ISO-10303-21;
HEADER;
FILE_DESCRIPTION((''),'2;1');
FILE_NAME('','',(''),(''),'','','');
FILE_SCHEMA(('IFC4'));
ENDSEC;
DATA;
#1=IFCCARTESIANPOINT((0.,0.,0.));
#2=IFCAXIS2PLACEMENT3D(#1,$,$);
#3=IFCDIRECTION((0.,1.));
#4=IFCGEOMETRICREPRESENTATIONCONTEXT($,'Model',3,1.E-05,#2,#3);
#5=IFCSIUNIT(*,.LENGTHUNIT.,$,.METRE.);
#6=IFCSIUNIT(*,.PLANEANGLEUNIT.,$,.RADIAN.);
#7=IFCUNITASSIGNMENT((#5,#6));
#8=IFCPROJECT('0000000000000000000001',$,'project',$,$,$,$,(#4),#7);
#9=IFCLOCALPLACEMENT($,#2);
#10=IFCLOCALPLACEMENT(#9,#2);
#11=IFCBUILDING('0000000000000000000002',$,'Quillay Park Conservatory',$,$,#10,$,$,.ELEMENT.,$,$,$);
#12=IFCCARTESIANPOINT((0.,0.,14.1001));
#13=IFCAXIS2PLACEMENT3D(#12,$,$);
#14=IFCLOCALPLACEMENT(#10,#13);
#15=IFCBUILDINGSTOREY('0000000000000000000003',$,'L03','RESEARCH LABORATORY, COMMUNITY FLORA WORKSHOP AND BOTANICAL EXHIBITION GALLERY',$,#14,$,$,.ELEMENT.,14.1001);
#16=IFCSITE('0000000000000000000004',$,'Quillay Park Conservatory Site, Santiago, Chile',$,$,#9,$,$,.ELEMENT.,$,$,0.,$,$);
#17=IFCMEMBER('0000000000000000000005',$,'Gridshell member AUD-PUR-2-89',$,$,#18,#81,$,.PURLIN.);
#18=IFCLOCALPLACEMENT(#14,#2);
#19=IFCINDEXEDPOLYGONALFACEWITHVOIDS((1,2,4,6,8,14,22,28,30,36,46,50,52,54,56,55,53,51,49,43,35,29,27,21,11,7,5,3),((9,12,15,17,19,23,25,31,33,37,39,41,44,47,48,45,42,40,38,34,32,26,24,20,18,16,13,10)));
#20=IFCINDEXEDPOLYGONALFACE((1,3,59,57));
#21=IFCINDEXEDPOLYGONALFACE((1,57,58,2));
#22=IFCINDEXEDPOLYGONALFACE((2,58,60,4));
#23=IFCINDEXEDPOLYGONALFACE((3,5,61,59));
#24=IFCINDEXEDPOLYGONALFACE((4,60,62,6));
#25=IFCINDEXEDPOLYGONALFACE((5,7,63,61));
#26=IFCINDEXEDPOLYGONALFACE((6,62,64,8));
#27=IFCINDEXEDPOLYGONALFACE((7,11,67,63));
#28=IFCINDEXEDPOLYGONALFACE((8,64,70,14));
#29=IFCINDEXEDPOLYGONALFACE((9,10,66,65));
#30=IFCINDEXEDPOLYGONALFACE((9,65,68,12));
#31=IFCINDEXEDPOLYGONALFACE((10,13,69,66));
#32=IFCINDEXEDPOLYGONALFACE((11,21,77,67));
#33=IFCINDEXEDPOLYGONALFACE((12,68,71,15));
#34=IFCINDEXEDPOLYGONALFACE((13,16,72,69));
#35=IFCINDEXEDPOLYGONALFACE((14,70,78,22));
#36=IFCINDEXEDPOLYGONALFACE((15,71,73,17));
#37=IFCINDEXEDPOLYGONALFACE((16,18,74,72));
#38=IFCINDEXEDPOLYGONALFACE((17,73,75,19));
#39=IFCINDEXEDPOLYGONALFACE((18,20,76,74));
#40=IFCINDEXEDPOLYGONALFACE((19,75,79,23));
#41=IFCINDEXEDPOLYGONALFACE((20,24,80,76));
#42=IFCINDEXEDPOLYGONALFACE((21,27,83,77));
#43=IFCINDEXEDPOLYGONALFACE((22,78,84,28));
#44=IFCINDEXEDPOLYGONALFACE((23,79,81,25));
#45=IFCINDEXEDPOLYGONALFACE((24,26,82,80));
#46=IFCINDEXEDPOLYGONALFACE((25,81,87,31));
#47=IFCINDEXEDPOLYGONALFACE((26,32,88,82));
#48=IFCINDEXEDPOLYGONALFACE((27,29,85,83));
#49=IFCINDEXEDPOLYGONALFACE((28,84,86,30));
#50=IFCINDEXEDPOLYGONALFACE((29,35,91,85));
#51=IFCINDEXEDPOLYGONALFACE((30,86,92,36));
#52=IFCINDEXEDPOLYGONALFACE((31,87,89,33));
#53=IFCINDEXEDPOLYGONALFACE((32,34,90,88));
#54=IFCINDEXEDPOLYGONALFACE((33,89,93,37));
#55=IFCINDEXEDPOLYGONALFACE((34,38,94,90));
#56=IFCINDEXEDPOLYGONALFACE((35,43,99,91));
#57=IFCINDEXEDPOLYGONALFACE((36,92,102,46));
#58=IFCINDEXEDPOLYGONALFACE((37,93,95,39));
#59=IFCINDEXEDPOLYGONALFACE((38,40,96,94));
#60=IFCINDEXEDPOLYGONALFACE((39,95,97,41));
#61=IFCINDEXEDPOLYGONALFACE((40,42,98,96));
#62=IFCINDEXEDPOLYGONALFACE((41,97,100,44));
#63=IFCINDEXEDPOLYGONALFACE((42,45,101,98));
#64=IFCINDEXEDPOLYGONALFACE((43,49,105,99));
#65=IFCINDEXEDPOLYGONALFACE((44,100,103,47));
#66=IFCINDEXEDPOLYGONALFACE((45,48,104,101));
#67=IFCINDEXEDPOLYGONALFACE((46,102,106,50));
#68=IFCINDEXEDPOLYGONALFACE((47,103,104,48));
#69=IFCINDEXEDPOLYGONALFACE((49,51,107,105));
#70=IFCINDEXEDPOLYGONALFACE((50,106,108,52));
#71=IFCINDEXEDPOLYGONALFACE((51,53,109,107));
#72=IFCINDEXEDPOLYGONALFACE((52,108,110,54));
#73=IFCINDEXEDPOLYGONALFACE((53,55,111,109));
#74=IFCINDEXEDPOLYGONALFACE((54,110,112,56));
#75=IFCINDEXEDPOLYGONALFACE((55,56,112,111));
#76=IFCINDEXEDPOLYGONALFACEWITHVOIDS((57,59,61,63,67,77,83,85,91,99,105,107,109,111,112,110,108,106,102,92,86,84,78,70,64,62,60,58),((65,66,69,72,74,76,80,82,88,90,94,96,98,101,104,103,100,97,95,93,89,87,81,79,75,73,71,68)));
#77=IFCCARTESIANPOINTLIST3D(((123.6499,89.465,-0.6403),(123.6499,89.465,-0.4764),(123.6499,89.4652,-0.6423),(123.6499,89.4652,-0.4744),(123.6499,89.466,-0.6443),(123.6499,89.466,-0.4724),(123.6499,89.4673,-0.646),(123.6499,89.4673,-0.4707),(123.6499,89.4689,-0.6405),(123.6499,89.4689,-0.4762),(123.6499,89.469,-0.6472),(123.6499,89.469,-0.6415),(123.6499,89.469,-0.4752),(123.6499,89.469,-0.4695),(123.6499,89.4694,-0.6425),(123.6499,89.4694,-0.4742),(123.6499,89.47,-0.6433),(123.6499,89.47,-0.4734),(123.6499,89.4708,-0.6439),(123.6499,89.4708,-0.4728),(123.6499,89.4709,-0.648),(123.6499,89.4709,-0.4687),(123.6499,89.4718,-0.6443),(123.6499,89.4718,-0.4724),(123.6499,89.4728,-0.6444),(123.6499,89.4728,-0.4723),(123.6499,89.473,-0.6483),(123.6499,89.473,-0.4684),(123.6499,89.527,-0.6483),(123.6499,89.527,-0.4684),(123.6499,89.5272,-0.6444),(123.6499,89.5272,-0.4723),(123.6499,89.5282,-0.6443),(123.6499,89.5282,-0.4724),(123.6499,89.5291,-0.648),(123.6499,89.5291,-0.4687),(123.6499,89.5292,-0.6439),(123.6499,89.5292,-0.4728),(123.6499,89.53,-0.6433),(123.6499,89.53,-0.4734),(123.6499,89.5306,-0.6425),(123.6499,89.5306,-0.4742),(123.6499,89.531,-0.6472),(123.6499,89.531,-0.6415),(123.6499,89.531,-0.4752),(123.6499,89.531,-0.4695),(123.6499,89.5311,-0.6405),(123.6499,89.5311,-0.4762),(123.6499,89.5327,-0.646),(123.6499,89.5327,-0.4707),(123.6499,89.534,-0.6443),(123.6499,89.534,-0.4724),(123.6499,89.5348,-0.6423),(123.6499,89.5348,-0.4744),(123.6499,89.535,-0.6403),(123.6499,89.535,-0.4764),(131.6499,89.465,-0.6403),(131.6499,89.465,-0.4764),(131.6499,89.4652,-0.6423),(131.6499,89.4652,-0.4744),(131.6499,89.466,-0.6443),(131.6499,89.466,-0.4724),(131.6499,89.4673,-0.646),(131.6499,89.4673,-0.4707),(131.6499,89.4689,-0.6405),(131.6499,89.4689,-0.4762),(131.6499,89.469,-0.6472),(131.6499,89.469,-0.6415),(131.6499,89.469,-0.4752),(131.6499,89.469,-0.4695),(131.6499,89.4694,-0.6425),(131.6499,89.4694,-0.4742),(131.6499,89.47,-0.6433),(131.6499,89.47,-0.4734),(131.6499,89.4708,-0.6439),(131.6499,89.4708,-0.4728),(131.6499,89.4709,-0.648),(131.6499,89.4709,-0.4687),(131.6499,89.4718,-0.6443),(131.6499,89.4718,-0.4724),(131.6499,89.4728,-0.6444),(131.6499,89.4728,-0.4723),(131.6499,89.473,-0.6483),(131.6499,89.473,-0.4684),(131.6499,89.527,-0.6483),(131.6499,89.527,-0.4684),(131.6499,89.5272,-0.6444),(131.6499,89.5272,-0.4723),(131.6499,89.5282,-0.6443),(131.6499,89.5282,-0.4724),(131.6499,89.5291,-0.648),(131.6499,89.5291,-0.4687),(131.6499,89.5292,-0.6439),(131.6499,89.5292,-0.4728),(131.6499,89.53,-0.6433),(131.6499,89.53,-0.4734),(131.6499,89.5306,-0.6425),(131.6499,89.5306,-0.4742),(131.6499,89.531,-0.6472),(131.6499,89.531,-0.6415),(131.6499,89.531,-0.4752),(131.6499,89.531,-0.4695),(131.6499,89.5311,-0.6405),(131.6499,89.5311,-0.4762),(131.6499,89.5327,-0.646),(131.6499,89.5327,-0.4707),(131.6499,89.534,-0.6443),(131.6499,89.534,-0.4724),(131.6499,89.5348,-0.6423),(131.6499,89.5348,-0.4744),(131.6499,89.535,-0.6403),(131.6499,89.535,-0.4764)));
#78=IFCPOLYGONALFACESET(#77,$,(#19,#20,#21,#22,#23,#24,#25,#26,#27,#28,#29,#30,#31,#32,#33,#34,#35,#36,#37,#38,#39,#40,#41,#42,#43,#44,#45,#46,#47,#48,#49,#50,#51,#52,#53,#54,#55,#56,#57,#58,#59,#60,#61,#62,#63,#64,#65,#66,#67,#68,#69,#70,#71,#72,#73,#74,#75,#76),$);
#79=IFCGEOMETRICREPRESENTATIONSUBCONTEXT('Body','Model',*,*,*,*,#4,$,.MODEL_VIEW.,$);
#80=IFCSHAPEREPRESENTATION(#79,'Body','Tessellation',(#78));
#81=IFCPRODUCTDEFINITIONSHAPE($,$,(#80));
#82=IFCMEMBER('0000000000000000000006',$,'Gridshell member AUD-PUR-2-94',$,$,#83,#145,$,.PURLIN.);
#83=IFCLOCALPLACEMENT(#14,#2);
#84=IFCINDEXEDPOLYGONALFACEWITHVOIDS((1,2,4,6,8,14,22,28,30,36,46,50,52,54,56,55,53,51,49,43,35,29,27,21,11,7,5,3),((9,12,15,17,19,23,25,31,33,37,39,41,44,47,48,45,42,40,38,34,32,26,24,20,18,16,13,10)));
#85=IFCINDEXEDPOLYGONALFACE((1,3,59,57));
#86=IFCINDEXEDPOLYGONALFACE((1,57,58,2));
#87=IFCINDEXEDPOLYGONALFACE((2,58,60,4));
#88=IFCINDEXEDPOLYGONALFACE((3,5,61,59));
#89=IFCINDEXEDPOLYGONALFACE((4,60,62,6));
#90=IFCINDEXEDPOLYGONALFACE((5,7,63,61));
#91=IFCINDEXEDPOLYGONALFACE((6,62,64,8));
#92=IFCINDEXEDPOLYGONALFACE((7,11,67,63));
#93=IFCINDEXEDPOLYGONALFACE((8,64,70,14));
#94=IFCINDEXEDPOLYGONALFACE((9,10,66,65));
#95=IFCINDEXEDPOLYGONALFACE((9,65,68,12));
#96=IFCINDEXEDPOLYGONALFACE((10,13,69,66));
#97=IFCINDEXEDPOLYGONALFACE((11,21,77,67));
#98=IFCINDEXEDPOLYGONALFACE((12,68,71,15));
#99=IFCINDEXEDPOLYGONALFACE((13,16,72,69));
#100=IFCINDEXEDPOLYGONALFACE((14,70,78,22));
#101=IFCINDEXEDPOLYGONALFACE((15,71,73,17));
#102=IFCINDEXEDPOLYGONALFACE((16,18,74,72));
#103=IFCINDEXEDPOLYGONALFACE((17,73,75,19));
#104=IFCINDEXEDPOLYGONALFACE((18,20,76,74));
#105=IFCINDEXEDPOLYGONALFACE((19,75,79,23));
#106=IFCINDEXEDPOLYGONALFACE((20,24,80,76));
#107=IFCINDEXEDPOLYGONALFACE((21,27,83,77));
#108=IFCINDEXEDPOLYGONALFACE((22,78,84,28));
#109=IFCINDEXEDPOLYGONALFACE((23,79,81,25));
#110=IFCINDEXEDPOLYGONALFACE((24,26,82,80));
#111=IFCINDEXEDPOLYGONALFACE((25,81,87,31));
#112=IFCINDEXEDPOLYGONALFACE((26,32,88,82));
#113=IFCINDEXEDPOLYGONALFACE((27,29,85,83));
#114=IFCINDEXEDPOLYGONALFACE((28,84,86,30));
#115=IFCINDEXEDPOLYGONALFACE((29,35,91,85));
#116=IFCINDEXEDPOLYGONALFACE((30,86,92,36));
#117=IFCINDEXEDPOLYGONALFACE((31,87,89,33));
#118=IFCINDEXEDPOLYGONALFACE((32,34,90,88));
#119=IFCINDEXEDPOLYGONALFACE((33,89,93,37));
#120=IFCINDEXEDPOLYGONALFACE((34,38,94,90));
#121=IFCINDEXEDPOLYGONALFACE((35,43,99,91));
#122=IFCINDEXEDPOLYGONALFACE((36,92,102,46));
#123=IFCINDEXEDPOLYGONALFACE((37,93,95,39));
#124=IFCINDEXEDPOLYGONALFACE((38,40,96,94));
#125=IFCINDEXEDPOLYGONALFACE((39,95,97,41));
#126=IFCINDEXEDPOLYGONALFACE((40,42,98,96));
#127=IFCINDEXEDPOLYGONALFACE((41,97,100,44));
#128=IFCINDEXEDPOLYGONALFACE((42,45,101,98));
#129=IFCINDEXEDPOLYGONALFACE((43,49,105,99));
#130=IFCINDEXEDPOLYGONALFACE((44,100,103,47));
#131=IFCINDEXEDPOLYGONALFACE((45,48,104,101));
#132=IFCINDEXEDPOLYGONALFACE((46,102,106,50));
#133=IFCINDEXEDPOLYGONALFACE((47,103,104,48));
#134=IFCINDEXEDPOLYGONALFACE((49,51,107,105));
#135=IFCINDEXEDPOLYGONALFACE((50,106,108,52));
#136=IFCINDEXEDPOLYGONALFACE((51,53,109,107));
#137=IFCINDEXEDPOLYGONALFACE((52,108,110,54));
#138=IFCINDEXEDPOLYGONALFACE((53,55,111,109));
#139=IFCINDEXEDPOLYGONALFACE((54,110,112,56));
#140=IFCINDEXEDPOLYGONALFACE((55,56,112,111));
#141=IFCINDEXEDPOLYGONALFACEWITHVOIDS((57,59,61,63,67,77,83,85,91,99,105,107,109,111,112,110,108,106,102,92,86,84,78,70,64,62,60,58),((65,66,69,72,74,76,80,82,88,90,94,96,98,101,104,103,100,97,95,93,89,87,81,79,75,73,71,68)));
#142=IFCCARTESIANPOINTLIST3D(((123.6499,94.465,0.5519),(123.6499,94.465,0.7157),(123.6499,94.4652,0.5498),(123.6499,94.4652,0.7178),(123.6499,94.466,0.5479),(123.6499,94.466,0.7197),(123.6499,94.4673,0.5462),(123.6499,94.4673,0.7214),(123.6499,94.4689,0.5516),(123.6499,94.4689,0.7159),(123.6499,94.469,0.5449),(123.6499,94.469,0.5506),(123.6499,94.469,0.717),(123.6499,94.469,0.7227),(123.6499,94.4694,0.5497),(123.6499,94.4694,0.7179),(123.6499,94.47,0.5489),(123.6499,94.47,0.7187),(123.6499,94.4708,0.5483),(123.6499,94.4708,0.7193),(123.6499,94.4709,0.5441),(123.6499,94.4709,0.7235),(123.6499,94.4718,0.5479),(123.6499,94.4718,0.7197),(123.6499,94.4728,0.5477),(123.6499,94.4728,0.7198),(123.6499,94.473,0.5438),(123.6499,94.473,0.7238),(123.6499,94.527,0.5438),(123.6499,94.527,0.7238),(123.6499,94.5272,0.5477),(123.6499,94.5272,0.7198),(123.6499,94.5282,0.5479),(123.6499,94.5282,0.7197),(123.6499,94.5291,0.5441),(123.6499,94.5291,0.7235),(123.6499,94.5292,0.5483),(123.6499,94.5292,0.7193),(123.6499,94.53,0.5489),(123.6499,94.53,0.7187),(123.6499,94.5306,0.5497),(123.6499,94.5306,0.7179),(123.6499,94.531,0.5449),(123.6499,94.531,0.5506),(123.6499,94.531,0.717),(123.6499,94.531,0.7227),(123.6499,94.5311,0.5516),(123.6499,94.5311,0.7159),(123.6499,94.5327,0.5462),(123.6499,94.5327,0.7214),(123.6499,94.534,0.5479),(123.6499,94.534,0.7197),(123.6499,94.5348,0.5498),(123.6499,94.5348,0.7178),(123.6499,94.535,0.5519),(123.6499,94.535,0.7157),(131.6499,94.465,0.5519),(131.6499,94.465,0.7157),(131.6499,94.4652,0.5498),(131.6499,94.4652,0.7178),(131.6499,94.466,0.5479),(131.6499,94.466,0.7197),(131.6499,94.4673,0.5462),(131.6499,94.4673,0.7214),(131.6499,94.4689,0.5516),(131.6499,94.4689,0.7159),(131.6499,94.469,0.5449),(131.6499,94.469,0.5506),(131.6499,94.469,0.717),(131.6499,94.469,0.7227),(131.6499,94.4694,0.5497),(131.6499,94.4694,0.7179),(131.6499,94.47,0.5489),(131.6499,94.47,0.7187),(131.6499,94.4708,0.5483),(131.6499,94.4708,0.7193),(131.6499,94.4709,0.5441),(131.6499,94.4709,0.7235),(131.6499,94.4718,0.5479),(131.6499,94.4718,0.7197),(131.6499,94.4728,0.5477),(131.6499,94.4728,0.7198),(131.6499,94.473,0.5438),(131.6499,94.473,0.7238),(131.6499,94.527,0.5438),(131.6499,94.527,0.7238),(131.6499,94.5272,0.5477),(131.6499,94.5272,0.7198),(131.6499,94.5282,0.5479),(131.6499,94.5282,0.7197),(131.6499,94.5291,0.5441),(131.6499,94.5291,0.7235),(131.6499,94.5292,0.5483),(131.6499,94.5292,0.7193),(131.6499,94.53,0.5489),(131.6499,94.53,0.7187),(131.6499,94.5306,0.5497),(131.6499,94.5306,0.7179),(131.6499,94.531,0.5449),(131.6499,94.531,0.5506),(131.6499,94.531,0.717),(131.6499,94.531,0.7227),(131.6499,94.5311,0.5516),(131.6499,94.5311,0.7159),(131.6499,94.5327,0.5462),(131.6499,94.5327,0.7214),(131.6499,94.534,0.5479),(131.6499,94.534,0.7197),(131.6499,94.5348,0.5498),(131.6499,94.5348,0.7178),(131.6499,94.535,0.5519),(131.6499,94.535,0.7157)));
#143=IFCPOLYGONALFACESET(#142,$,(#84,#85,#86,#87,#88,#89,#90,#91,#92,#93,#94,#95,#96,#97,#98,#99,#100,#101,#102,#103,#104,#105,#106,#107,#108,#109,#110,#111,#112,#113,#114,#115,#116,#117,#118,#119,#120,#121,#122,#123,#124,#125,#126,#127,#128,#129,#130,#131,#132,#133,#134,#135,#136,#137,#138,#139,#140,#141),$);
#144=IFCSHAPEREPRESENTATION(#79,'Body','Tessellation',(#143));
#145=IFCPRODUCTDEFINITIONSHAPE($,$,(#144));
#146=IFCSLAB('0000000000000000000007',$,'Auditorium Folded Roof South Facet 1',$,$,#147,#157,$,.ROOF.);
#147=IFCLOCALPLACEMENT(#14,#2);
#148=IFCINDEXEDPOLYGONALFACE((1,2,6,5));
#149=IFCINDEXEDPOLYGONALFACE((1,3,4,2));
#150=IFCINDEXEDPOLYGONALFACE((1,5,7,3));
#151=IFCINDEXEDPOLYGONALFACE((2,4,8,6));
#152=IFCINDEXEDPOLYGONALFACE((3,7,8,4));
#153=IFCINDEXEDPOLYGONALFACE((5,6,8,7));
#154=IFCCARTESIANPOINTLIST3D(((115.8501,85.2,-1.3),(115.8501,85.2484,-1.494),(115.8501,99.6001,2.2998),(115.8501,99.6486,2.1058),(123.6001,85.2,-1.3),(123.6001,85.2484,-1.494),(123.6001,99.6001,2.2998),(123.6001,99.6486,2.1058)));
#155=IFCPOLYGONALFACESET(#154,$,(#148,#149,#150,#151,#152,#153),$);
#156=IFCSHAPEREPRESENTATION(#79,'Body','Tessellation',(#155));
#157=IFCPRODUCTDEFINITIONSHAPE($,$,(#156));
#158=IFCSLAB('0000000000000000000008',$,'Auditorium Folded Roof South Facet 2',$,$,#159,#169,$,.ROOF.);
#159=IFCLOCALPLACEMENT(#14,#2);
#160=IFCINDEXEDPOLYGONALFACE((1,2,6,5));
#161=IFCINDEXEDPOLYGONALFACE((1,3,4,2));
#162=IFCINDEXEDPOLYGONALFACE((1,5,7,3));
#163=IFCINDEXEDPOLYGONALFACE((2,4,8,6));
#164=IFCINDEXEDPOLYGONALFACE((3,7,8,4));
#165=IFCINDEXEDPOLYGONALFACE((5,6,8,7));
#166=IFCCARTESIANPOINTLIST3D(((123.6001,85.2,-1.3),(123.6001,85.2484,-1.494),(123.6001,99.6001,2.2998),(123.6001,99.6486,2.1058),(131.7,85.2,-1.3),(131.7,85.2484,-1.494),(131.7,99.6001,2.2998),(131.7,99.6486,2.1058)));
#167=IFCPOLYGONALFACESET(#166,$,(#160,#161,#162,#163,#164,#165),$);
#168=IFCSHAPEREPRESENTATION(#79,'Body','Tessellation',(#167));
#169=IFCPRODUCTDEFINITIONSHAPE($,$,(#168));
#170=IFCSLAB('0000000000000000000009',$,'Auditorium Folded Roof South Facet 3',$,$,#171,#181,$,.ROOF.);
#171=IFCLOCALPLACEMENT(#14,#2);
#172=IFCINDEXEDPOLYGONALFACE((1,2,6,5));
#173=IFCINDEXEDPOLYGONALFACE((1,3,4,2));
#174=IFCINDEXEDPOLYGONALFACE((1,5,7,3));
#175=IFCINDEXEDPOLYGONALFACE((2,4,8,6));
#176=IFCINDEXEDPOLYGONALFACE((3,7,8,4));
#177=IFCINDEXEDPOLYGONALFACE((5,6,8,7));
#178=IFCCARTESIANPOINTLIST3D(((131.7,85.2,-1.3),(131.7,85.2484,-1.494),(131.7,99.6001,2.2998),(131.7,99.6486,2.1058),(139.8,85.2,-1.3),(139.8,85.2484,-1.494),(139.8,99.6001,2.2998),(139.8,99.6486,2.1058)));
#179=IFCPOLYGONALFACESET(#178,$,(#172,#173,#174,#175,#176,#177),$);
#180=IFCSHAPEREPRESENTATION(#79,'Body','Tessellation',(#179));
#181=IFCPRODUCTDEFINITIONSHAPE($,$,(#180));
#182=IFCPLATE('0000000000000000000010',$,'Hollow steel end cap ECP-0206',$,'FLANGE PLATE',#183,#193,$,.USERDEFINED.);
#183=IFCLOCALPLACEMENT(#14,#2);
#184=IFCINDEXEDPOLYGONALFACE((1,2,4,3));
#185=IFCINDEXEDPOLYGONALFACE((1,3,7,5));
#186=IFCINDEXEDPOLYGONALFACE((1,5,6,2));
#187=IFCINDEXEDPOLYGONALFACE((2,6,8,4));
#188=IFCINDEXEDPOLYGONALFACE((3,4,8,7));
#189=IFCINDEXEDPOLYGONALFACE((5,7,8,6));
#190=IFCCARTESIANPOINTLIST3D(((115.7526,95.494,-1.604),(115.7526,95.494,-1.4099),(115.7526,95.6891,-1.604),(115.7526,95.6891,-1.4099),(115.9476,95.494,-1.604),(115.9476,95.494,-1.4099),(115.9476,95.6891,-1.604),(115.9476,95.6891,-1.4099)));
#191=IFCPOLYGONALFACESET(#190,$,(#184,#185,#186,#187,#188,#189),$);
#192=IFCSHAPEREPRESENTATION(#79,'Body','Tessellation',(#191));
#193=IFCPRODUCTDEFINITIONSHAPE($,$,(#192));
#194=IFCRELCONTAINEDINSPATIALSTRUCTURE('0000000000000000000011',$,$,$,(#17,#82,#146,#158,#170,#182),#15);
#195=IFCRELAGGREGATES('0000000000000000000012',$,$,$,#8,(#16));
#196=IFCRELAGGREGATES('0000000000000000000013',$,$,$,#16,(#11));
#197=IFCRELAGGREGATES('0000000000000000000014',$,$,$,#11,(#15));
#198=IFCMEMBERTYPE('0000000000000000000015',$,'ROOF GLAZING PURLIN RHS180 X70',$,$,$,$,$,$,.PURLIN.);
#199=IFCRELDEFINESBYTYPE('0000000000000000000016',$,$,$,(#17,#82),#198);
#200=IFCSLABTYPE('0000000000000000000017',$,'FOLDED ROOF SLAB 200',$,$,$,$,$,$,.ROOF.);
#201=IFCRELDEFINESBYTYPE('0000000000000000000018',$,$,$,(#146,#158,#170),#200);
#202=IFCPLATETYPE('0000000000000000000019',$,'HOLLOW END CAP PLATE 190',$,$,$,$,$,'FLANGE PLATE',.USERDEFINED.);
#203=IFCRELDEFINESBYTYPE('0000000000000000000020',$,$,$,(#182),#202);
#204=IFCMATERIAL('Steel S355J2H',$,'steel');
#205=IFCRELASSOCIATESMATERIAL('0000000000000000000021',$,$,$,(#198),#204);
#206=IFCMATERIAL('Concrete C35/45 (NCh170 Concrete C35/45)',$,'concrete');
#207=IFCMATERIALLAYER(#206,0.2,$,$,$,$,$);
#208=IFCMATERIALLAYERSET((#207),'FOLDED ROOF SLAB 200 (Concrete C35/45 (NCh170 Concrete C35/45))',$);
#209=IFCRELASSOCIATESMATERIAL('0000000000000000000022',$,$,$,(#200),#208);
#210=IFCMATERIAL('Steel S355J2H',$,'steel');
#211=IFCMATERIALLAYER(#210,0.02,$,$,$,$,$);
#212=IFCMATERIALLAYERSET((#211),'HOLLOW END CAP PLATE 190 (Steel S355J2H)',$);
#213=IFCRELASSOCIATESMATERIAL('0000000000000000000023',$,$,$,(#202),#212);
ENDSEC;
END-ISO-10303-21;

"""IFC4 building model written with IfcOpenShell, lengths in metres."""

from ifc_helpers import new_model, si_unit, direction, frame, origin, origin_2d, place, context, subcontext, project, spatial, polyline, rectangle, hollow_rectangle, outline, extrude, material, layer, layer_set, material_profile, profile_set, type_object, element, save


model = new_model("IFC4")

# Units and contexts
model_context = context("Model", 3, precision=1e-05, world=origin(), true_north=direction((0.0, 1.0)))
body_context = subcontext(model_context, "Body", "Model", "MODEL_VIEW")
ifc_project = project(units=[si_unit("LENGTHUNIT", "METRE"), si_unit("PLANEANGLEUNIT", "RADIAN")], contexts=[model_context])

# Site, building, storey
site_placement = place(None, origin())
site = spatial("IfcSite", under=ifc_project, at=site_placement, Name="Quillay Park Conservatory Site, Santiago, Chile", CompositionType="ELEMENT", RefElevation=0.0)
building_placement = place(site_placement, origin())
building = spatial("IfcBuilding", under=site, at=building_placement, Name="Quillay Park Conservatory", CompositionType="ELEMENT")
storey_placement = place(building_placement, frame((0.0, 0.0, 14.1001)))
storey = spatial("IfcBuildingStorey", under=building, at=storey_placement, Name="L03", Description="RESEARCH LABORATORY, COMMUNITY FLORA WORKSHOP AND BOTANICAL EXHIBITION GALLERY", CompositionType="ELEMENT", Elevation=14.1001)

# Members
ifc_material_1 = material(Name="Steel S355J2H", Category="steel")
ifc_material_profile_1 = material_profile(ifc_material_1, hollow_rectangle(XDim=0.0701, YDim=0.1799, WallThickness=0.0039, InnerFilletRadius=0.0039, OuterFilletRadius=0.0081, at=origin_2d()), Name="RHS180x70x4")
ifc_profile_set_1 = profile_set([ifc_material_profile_1], Name="Steel S355J2H")
member_type_1 = type_object("IfcMemberType", Name="ROOF GLAZING PURLIN RHS180 X70", PredefinedType="PURLIN", material=ifc_profile_set_1)
for number, where, z_axis, x_axis, name in (
    (1, (123.6499, 89.5, -0.5583), (1.0, 0.0, 0.0), (0.0, 1.0, 0.0), "Gridshell member AUD-PUR-2-89"),
    (2, (123.6499, 94.5, 0.6338), (1.0, 0.0, 0.0), (0.0, 1.0, 0.0), "Gridshell member AUD-PUR-2-94"),
):
    element("IfcMember", number, at=place(storey_placement, frame(where, z_axis=z_axis, x_axis=x_axis)), inside=storey, type_object=member_type_1, Name=name, PredefinedType="PURLIN", context=body_context, shape_type="SweptSolid", body=[
        extrude(hollow_rectangle(XDim=0.0701, YDim=0.1799, WallThickness=0.0039, InnerFilletRadius=0.0039, OuterFilletRadius=0.0081, at=origin_2d()), origin(), (0.0, 0.0, 1.0), 8.0),
    ])

# Slabs
ifc_material_2 = material(Name="Concrete C35/45 (NCh170 Concrete C35/45)", Category="concrete")
ifc_layer_1 = layer(ifc_material_2, 0.2)
ifc_layer_set_1 = layer_set([ifc_layer_1], Name="FOLDED ROOF SLAB 200 (Concrete C35/45 (NCh170 Concrete C35/45))")
slab_type = type_object("IfcSlabType", Name="FOLDED ROOF SLAB 200", PredefinedType="ROOF", material=ifc_layer_set_1)
slab_1_placement = place(storey_placement, frame((115.8501, 85.2, -1.3), z_axis=(0.0, -0.242524, 0.970145), x_axis=(1.0, 0.0, 0.0)))
element("IfcSlab", 3, at=slab_1_placement, inside=storey, type_object=slab_type, Name="Auditorium Folded Roof South Facet 1", PredefinedType="ROOF", context=body_context, shape_type="SweptSolid", body=[
    extrude(outline(polyline([(0.0, 0.0), (7.75, 0.0), (7.75, 14.8433), (0.0, 14.8433), (0.0, 0.0)])), origin(), (0.0, 0.0, -1.0), 0.2),
])
slab_2_placement = place(storey_placement, frame((123.6001, 85.2, -1.3), z_axis=(0.0, -0.242524, 0.970145), x_axis=(1.0, 0.0, 0.0)))
element("IfcSlab", 4, at=slab_2_placement, inside=storey, type_object=slab_type, Name="Auditorium Folded Roof South Facet 2", PredefinedType="ROOF", context=body_context, shape_type="SweptSolid", body=[
    extrude(outline(polyline([(0.0, 0.0), (8.0999, 0.0), (8.0999, 14.8433), (0.0, 14.8433), (0.0, 0.0)])), origin(), (0.0, 0.0, -1.0), 0.2),
])
slab_3_placement = place(storey_placement, frame((131.7, 85.2, -1.3), z_axis=(0.0, -0.242524, 0.970145), x_axis=(1.0, 0.0, 0.0)))
element("IfcSlab", 5, at=slab_3_placement, inside=storey, type_object=slab_type, Name="Auditorium Folded Roof South Facet 3", PredefinedType="ROOF", context=body_context, shape_type="SweptSolid", body=[
    extrude(outline(polyline([(0.0, 0.0), (8.1001, 0.0), (8.1001, 14.8433), (0.0, 14.8433), (0.0, 0.0)])), origin(), (0.0, 0.0, -1.0), 0.2),
])

# Plate
ifc_material_3 = material(Name="Steel S355J2H", Category="steel")
ifc_layer_2 = layer(ifc_material_3, 0.02)
ifc_layer_set_2 = layer_set([ifc_layer_2], Name="HOLLOW END CAP PLATE 190 (Steel S355J2H)")
plate_type_1 = type_object("IfcPlateType", Name="HOLLOW END CAP PLATE 190", ElementType="FLANGE PLATE", PredefinedType="USERDEFINED", material=ifc_layer_set_2)
for number, where, z_axis, x_axis, name in (
    (6, (115.8501, 95.5916, -1.604), (0.0, 0.0, 1.0), (1.0, 0.0, 0.0), "Hollow steel end cap ECP-0206"),
):
    element("IfcPlate", number, at=place(storey_placement, frame(where, z_axis=z_axis, x_axis=x_axis)), inside=storey, type_object=plate_type_1, Name=name, ObjectType="FLANGE PLATE", PredefinedType="USERDEFINED", context=body_context, shape_type="SweptSolid", body=[
        extrude(rectangle(XDim=0.1951, YDim=0.1951, at=origin_2d()), origin(), (0.0, 0.0, 1.0), 0.1941),
    ])

save(model, "model.ifc")
